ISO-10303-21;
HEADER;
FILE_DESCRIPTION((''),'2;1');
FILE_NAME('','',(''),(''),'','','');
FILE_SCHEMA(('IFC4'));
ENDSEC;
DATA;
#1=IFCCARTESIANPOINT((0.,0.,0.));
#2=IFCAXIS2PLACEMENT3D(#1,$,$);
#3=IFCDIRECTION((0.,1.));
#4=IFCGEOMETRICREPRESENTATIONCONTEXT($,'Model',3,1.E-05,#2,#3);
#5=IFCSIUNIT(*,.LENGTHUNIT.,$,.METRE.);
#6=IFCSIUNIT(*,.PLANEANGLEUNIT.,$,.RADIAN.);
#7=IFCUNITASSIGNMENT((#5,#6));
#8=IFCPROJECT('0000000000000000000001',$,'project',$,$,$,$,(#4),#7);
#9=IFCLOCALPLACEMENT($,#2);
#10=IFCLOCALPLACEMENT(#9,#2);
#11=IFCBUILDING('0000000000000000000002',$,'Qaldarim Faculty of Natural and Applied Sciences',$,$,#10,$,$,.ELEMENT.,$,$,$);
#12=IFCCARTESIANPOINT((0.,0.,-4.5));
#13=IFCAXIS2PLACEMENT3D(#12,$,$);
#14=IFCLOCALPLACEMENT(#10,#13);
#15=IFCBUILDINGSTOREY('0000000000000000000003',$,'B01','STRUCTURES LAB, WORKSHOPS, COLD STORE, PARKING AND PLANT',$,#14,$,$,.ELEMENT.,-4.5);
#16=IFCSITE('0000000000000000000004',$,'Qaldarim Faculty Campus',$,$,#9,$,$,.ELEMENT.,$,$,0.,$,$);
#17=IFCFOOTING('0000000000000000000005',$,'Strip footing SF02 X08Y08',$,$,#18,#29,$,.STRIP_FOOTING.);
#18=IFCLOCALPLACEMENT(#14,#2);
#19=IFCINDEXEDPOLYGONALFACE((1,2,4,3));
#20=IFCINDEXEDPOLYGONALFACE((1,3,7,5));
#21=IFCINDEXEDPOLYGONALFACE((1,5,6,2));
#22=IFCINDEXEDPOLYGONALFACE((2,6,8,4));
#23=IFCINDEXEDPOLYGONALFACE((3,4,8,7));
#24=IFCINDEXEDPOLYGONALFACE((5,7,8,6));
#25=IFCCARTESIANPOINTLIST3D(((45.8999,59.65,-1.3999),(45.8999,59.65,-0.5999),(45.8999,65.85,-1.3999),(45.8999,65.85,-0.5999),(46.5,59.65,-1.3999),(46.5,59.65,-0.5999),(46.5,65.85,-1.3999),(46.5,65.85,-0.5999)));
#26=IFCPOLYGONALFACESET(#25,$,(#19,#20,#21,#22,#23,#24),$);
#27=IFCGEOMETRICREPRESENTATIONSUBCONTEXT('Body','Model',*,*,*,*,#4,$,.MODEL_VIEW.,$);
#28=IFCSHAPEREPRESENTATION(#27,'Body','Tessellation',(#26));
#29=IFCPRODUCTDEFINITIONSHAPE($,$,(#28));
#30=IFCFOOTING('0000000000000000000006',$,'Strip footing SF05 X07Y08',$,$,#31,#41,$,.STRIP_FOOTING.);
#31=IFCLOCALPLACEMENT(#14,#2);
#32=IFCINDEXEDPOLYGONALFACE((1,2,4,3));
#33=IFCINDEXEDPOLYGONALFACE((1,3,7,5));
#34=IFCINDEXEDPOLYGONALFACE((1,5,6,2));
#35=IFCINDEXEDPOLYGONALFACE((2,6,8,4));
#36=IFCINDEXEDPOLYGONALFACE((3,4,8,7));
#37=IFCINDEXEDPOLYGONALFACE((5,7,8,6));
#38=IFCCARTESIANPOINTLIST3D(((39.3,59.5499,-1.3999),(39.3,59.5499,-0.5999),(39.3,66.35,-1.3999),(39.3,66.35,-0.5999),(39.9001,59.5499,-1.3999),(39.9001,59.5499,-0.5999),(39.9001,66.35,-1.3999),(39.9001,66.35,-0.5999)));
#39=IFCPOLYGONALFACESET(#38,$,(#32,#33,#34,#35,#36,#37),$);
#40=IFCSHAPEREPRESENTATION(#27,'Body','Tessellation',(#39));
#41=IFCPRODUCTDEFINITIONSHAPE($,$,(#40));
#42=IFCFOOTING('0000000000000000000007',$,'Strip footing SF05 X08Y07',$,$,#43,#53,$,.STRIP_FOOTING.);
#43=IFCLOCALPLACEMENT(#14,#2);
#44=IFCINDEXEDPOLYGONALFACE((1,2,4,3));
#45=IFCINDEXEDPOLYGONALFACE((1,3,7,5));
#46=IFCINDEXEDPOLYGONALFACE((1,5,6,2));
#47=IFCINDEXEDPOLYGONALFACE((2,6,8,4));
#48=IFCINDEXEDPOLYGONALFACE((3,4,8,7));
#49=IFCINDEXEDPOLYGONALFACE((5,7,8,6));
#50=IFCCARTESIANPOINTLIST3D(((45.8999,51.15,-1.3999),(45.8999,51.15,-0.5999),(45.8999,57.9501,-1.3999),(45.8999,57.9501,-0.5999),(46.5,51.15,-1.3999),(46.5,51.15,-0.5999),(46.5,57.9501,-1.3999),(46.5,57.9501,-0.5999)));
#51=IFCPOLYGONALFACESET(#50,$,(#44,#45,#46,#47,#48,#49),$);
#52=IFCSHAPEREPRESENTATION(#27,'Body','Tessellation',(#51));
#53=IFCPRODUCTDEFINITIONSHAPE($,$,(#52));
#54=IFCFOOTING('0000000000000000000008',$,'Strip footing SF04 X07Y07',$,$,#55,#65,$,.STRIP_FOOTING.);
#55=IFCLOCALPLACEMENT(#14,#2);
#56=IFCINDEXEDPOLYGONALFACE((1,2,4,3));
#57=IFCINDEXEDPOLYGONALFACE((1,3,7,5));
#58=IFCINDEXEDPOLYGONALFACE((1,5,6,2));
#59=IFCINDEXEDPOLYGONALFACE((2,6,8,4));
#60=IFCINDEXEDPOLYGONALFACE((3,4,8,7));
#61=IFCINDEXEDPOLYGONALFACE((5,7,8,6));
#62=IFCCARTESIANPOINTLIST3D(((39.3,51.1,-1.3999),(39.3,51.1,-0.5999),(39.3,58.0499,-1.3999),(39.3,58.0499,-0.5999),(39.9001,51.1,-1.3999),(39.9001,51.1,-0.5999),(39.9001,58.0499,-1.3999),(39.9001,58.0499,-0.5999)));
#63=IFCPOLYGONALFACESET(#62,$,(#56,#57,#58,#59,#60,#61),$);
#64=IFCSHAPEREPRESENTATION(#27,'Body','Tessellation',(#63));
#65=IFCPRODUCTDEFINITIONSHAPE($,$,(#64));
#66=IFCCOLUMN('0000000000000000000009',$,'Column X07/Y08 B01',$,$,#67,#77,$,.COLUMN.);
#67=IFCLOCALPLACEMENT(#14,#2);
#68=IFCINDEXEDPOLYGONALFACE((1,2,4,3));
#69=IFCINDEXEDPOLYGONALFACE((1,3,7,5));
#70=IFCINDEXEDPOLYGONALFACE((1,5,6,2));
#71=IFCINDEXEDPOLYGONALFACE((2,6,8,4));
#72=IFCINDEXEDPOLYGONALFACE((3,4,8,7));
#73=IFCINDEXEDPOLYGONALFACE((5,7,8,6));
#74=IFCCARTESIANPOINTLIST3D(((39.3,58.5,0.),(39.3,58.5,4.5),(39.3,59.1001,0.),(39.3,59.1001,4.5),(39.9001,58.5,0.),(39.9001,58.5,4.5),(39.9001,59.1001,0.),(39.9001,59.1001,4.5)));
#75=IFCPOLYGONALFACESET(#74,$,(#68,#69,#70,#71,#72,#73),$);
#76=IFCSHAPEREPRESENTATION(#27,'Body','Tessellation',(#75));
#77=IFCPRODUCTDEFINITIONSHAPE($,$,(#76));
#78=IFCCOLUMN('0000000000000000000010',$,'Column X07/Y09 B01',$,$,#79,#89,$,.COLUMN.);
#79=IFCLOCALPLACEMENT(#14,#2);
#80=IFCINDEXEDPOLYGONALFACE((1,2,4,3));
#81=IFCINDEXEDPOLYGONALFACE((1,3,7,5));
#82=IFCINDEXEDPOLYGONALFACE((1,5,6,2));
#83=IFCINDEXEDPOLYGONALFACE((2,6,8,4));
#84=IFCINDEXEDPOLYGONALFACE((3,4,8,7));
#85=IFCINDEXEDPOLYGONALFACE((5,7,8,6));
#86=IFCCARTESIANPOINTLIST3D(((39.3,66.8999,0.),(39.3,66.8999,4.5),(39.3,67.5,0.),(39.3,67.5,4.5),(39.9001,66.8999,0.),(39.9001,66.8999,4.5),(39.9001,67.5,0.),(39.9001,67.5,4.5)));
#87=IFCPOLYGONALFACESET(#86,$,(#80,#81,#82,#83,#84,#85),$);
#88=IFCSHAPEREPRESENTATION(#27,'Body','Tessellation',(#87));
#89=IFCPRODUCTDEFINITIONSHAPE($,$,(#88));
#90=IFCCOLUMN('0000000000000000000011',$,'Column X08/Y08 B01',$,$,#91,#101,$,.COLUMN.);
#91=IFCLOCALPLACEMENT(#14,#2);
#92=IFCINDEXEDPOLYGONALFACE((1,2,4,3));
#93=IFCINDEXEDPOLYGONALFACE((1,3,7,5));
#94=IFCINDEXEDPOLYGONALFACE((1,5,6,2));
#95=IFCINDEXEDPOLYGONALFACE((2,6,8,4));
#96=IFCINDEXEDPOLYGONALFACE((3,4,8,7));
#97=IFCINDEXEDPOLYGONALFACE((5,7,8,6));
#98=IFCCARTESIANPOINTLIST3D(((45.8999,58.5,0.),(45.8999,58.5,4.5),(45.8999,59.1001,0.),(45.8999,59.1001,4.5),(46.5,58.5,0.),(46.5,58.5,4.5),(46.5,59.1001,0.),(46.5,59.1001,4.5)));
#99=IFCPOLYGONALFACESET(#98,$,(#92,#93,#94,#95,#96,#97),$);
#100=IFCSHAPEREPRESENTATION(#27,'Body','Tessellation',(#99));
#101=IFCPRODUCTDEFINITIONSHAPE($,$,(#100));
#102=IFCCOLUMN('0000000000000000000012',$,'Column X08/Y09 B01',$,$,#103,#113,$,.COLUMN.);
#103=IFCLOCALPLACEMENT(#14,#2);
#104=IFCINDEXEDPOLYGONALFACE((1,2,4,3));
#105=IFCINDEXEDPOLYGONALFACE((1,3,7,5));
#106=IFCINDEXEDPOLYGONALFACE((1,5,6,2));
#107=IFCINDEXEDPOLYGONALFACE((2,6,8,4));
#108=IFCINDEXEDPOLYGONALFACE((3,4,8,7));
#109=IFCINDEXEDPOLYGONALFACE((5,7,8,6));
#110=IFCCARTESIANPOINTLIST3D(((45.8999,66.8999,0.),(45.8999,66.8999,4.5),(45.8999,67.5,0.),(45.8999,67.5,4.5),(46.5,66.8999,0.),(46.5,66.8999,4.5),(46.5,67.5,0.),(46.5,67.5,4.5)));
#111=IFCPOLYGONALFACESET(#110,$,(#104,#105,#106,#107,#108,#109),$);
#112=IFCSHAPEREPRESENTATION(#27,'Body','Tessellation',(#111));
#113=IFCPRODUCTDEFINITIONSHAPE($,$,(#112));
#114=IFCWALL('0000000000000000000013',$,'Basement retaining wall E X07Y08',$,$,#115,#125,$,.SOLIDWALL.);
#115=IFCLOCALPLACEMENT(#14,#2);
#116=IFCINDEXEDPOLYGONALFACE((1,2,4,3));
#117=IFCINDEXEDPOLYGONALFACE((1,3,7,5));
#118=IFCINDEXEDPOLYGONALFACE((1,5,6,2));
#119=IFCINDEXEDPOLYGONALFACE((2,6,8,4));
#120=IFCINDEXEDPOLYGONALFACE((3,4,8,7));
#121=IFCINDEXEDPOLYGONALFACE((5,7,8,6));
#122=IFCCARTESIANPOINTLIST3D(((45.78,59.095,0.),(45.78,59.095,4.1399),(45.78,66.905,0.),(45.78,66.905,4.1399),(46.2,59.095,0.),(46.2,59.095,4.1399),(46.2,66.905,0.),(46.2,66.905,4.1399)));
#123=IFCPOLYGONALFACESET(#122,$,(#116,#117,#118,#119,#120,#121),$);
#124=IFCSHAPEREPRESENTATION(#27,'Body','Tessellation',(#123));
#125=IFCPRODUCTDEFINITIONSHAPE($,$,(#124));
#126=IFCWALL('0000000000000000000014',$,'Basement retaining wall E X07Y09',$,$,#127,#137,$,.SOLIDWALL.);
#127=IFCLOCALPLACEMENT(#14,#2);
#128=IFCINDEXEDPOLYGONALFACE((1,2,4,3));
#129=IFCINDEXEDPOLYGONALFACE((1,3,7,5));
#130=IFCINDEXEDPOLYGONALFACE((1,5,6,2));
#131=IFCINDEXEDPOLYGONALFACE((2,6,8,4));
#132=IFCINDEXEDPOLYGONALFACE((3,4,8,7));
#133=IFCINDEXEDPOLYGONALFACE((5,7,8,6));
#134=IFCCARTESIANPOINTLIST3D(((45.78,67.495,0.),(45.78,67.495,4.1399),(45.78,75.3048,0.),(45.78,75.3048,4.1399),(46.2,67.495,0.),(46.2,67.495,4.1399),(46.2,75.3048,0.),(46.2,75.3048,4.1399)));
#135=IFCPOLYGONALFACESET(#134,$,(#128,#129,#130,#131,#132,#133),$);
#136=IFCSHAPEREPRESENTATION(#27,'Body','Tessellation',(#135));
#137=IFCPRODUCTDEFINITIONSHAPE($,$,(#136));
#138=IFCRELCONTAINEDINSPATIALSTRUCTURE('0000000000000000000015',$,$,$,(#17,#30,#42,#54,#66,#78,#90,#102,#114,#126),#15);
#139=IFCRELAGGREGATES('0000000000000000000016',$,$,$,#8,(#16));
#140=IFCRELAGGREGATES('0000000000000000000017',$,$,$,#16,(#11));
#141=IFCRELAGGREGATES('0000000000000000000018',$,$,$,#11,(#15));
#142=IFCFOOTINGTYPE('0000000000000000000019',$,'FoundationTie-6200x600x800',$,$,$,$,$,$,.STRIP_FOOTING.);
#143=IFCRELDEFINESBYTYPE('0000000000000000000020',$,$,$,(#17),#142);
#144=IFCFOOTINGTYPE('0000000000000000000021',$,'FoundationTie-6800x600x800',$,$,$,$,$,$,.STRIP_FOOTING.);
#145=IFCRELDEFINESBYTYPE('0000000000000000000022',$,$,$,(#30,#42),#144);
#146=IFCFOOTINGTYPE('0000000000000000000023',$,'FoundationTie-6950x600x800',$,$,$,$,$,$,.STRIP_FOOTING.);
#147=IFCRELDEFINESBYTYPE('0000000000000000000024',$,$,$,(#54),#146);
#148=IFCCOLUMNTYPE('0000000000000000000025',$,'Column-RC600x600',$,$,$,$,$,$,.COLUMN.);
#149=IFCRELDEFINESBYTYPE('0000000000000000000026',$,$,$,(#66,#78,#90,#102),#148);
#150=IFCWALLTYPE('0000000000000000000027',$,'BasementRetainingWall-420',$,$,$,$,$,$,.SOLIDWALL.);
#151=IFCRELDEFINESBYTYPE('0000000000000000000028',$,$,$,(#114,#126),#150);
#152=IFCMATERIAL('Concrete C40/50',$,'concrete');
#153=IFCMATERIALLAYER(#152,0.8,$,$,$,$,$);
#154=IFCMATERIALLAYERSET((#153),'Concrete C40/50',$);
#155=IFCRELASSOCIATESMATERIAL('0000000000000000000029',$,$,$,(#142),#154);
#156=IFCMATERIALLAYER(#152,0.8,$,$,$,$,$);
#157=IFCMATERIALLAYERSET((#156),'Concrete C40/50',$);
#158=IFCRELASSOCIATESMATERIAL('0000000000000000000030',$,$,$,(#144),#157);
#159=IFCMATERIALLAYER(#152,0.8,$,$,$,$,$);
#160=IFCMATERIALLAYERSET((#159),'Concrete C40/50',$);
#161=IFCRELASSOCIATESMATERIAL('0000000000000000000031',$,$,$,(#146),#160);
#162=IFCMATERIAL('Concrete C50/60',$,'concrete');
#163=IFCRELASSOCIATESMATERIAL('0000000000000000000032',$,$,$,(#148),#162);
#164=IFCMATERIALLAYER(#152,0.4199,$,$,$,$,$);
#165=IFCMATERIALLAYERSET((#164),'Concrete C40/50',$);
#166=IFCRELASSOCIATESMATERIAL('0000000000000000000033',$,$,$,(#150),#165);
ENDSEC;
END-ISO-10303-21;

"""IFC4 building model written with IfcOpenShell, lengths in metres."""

from ifc_helpers import new_model, si_unit, direction, frame, frame_2d, origin, origin_2d, place, context, subcontext, project, spatial, rectangle, extrude, material, layer, layer_set, material_profile, profile_set, type_object, element, save


model = new_model("IFC4")

# Units and contexts
model_context = context("Model", 3, precision=1e-05, world=origin(), true_north=direction((0.0, 1.0)))
body_context = subcontext(model_context, "Body", "Model", "MODEL_VIEW")
ifc_project = project(units=[si_unit("LENGTHUNIT", "METRE"), si_unit("PLANEANGLEUNIT", "RADIAN")], contexts=[model_context])

# Site, building, storey
site_placement = place(None, origin())
site = spatial("IfcSite", under=ifc_project, at=site_placement, Name="Qaldarim Faculty Campus", CompositionType="ELEMENT", RefElevation=0.0)
building_placement = place(site_placement, origin())
building = spatial("IfcBuilding", under=site, at=building_placement, Name="Qaldarim Faculty of Natural and Applied Sciences", CompositionType="ELEMENT")
storey_placement = place(building_placement, frame((0.0, 0.0, -4.5)))
storey = spatial("IfcBuildingStorey", under=building, at=storey_placement, Name="B01", Description="STRUCTURES LAB, WORKSHOPS, COLD STORE, PARKING AND PLANT", CompositionType="ELEMENT", Elevation=-4.5)

# Shared definitions
ifc_material_1 = material(Name="Concrete C40/50", Category="concrete")

# Footings
ifc_layer_1 = layer(ifc_material_1, 0.8)
ifc_layer_set_1 = layer_set([ifc_layer_1], Name="Concrete C40/50")
footing_type_1 = type_object("IfcFootingType", Name="FoundationTie-6200x600x800", PredefinedType="STRIP_FOOTING", material=ifc_layer_set_1)
for number, where, z_axis, x_axis, name in (
    (1, (46.2, 62.75, -1.3999), (0.0, 0.0, 1.0), (0.0, 1.0, 0.0), "Strip footing SF02 X08Y08"),
):
    element("IfcFooting", number, at=place(storey_placement, frame(where, z_axis=z_axis, x_axis=x_axis)), inside=storey, type_object=footing_type_1, Name=name, PredefinedType="STRIP_FOOTING", context=body_context, shape_type="SweptSolid", body=[
        extrude(rectangle(XDim=6.2, YDim=0.6001, at=origin_2d()), origin(), (0.0, 0.0, 1.0), 0.8),
    ])
ifc_layer_2 = layer(ifc_material_1, 0.8)
ifc_layer_set_2 = layer_set([ifc_layer_2], Name="Concrete C40/50")
footing_type_2 = type_object("IfcFootingType", Name="FoundationTie-6800x600x800", PredefinedType="STRIP_FOOTING", material=ifc_layer_set_2)
for number, where, z_axis, x_axis, name in (
    (2, (39.6001, 62.95, -1.3999), (0.0, 0.0, 1.0), (0.0, 1.0, 0.0), "Strip footing SF05 X07Y08"),
    (3, (46.2, 54.55, -1.3999), (0.0, 0.0, 1.0), (0.0, 1.0, 0.0), "Strip footing SF05 X08Y07"),
):
    element("IfcFooting", number, at=place(storey_placement, frame(where, z_axis=z_axis, x_axis=x_axis)), inside=storey, type_object=footing_type_2, Name=name, PredefinedType="STRIP_FOOTING", context=body_context, shape_type="SweptSolid", body=[
        extrude(rectangle(XDim=6.8, YDim=0.6001, at=origin_2d()), origin(), (0.0, 0.0, 1.0), 0.8),
    ])
ifc_layer_3 = layer(ifc_material_1, 0.8)
ifc_layer_set_3 = layer_set([ifc_layer_3], Name="Concrete C40/50")
footing_type_3 = type_object("IfcFootingType", Name="FoundationTie-6950x600x800", PredefinedType="STRIP_FOOTING", material=ifc_layer_set_3)
footing_1_placement = place(storey_placement, frame((39.6001, 54.575, -1.3999), z_axis=(0.0, 0.0, 1.0), x_axis=(0.0, 1.0, 0.0)))
element("IfcFooting", 4, at=footing_1_placement, inside=storey, type_object=footing_type_3, Name="Strip footing SF04 X07Y07", PredefinedType="STRIP_FOOTING", context=body_context, shape_type="SweptSolid", body=[
    extrude(rectangle(XDim=6.95, YDim=0.6001, at=origin_2d()), origin(), (0.0, 0.0, 1.0), 0.8),
])

# Columns
ifc_material_2 = material(Name="Concrete C50/60", Category="concrete")
ifc_material_profile_1 = material_profile(ifc_material_2, rectangle(XDim=0.6001, YDim=0.6001, at=origin_2d()), Name="RC-C600x600")
ifc_profile_set_1 = profile_set([ifc_material_profile_1], Name="Concrete C50/60")
column_type = type_object("IfcColumnType", Name="Column-RC600x600", PredefinedType="COLUMN", material=ifc_profile_set_1)
for number, where, z_axis, x_axis, name in (
    (5, (39.6001, 58.8, 0.0), (0.0, 0.0, 1.0), (1.0, 0.0, 0.0), "Column X07/Y08 B01"),
    (6, (39.6001, 67.2, 0.0), (0.0, 0.0, 1.0), (1.0, 0.0, 0.0), "Column X07/Y09 B01"),
    (7, (46.2, 58.8, 0.0), (0.0, 0.0, 1.0), (1.0, 0.0, 0.0), "Column X08/Y08 B01"),
    (8, (46.2, 67.2, 0.0), (0.0, 0.0, 1.0), (1.0, 0.0, 0.0), "Column X08/Y09 B01"),
):
    element("IfcColumn", number, at=place(storey_placement, frame(where, z_axis=z_axis, x_axis=x_axis)), inside=storey, type_object=column_type, Name=name, PredefinedType="COLUMN", context=body_context, shape_type="SweptSolid", body=[
        extrude(rectangle(XDim=0.6001, YDim=0.6001, at=origin_2d()), origin(), (0.0, 0.0, 1.0), 4.5),
    ])

# Walls
ifc_layer_4 = layer(ifc_material_1, 0.4199)
ifc_layer_set_4 = layer_set([ifc_layer_4], Name="Concrete C40/50")
wall_type = type_object("IfcWallType", Name="BasementRetainingWall-420", PredefinedType="SOLIDWALL", material=ifc_layer_set_4)
wall_1_placement = place(storey_placement, frame((45.99, 59.095, 0.0), z_axis=(0.0, 0.0, 1.0), x_axis=(0.0, 1.0, 0.0)))
element("IfcWall", 9, at=wall_1_placement, inside=storey, type_object=wall_type, Name="Basement retaining wall E X07Y08", PredefinedType="SOLIDWALL", context=body_context, shape_type="SweptSolid", body=[
    extrude(rectangle(XDim=7.8101, YDim=0.4199, at=frame_2d((3.905, 0.0))), origin(), (0.0, 0.0, 1.0), 4.1399),
])
wall_2_placement = place(storey_placement, frame((45.99, 67.4951, 0.0), z_axis=(0.0, 0.0, 1.0), x_axis=(0.0, 1.0, 0.0)))
element("IfcWall", 10, at=wall_2_placement, inside=storey, type_object=wall_type, Name="Basement retaining wall E X07Y09", PredefinedType="SOLIDWALL", context=body_context, shape_type="SweptSolid", body=[
    extrude(rectangle(XDim=7.8098, YDim=0.4199, at=frame_2d((3.9048, 0.0))), origin(), (0.0, 0.0, 1.0), 4.1399),
])

save(model, "model.ifc")
